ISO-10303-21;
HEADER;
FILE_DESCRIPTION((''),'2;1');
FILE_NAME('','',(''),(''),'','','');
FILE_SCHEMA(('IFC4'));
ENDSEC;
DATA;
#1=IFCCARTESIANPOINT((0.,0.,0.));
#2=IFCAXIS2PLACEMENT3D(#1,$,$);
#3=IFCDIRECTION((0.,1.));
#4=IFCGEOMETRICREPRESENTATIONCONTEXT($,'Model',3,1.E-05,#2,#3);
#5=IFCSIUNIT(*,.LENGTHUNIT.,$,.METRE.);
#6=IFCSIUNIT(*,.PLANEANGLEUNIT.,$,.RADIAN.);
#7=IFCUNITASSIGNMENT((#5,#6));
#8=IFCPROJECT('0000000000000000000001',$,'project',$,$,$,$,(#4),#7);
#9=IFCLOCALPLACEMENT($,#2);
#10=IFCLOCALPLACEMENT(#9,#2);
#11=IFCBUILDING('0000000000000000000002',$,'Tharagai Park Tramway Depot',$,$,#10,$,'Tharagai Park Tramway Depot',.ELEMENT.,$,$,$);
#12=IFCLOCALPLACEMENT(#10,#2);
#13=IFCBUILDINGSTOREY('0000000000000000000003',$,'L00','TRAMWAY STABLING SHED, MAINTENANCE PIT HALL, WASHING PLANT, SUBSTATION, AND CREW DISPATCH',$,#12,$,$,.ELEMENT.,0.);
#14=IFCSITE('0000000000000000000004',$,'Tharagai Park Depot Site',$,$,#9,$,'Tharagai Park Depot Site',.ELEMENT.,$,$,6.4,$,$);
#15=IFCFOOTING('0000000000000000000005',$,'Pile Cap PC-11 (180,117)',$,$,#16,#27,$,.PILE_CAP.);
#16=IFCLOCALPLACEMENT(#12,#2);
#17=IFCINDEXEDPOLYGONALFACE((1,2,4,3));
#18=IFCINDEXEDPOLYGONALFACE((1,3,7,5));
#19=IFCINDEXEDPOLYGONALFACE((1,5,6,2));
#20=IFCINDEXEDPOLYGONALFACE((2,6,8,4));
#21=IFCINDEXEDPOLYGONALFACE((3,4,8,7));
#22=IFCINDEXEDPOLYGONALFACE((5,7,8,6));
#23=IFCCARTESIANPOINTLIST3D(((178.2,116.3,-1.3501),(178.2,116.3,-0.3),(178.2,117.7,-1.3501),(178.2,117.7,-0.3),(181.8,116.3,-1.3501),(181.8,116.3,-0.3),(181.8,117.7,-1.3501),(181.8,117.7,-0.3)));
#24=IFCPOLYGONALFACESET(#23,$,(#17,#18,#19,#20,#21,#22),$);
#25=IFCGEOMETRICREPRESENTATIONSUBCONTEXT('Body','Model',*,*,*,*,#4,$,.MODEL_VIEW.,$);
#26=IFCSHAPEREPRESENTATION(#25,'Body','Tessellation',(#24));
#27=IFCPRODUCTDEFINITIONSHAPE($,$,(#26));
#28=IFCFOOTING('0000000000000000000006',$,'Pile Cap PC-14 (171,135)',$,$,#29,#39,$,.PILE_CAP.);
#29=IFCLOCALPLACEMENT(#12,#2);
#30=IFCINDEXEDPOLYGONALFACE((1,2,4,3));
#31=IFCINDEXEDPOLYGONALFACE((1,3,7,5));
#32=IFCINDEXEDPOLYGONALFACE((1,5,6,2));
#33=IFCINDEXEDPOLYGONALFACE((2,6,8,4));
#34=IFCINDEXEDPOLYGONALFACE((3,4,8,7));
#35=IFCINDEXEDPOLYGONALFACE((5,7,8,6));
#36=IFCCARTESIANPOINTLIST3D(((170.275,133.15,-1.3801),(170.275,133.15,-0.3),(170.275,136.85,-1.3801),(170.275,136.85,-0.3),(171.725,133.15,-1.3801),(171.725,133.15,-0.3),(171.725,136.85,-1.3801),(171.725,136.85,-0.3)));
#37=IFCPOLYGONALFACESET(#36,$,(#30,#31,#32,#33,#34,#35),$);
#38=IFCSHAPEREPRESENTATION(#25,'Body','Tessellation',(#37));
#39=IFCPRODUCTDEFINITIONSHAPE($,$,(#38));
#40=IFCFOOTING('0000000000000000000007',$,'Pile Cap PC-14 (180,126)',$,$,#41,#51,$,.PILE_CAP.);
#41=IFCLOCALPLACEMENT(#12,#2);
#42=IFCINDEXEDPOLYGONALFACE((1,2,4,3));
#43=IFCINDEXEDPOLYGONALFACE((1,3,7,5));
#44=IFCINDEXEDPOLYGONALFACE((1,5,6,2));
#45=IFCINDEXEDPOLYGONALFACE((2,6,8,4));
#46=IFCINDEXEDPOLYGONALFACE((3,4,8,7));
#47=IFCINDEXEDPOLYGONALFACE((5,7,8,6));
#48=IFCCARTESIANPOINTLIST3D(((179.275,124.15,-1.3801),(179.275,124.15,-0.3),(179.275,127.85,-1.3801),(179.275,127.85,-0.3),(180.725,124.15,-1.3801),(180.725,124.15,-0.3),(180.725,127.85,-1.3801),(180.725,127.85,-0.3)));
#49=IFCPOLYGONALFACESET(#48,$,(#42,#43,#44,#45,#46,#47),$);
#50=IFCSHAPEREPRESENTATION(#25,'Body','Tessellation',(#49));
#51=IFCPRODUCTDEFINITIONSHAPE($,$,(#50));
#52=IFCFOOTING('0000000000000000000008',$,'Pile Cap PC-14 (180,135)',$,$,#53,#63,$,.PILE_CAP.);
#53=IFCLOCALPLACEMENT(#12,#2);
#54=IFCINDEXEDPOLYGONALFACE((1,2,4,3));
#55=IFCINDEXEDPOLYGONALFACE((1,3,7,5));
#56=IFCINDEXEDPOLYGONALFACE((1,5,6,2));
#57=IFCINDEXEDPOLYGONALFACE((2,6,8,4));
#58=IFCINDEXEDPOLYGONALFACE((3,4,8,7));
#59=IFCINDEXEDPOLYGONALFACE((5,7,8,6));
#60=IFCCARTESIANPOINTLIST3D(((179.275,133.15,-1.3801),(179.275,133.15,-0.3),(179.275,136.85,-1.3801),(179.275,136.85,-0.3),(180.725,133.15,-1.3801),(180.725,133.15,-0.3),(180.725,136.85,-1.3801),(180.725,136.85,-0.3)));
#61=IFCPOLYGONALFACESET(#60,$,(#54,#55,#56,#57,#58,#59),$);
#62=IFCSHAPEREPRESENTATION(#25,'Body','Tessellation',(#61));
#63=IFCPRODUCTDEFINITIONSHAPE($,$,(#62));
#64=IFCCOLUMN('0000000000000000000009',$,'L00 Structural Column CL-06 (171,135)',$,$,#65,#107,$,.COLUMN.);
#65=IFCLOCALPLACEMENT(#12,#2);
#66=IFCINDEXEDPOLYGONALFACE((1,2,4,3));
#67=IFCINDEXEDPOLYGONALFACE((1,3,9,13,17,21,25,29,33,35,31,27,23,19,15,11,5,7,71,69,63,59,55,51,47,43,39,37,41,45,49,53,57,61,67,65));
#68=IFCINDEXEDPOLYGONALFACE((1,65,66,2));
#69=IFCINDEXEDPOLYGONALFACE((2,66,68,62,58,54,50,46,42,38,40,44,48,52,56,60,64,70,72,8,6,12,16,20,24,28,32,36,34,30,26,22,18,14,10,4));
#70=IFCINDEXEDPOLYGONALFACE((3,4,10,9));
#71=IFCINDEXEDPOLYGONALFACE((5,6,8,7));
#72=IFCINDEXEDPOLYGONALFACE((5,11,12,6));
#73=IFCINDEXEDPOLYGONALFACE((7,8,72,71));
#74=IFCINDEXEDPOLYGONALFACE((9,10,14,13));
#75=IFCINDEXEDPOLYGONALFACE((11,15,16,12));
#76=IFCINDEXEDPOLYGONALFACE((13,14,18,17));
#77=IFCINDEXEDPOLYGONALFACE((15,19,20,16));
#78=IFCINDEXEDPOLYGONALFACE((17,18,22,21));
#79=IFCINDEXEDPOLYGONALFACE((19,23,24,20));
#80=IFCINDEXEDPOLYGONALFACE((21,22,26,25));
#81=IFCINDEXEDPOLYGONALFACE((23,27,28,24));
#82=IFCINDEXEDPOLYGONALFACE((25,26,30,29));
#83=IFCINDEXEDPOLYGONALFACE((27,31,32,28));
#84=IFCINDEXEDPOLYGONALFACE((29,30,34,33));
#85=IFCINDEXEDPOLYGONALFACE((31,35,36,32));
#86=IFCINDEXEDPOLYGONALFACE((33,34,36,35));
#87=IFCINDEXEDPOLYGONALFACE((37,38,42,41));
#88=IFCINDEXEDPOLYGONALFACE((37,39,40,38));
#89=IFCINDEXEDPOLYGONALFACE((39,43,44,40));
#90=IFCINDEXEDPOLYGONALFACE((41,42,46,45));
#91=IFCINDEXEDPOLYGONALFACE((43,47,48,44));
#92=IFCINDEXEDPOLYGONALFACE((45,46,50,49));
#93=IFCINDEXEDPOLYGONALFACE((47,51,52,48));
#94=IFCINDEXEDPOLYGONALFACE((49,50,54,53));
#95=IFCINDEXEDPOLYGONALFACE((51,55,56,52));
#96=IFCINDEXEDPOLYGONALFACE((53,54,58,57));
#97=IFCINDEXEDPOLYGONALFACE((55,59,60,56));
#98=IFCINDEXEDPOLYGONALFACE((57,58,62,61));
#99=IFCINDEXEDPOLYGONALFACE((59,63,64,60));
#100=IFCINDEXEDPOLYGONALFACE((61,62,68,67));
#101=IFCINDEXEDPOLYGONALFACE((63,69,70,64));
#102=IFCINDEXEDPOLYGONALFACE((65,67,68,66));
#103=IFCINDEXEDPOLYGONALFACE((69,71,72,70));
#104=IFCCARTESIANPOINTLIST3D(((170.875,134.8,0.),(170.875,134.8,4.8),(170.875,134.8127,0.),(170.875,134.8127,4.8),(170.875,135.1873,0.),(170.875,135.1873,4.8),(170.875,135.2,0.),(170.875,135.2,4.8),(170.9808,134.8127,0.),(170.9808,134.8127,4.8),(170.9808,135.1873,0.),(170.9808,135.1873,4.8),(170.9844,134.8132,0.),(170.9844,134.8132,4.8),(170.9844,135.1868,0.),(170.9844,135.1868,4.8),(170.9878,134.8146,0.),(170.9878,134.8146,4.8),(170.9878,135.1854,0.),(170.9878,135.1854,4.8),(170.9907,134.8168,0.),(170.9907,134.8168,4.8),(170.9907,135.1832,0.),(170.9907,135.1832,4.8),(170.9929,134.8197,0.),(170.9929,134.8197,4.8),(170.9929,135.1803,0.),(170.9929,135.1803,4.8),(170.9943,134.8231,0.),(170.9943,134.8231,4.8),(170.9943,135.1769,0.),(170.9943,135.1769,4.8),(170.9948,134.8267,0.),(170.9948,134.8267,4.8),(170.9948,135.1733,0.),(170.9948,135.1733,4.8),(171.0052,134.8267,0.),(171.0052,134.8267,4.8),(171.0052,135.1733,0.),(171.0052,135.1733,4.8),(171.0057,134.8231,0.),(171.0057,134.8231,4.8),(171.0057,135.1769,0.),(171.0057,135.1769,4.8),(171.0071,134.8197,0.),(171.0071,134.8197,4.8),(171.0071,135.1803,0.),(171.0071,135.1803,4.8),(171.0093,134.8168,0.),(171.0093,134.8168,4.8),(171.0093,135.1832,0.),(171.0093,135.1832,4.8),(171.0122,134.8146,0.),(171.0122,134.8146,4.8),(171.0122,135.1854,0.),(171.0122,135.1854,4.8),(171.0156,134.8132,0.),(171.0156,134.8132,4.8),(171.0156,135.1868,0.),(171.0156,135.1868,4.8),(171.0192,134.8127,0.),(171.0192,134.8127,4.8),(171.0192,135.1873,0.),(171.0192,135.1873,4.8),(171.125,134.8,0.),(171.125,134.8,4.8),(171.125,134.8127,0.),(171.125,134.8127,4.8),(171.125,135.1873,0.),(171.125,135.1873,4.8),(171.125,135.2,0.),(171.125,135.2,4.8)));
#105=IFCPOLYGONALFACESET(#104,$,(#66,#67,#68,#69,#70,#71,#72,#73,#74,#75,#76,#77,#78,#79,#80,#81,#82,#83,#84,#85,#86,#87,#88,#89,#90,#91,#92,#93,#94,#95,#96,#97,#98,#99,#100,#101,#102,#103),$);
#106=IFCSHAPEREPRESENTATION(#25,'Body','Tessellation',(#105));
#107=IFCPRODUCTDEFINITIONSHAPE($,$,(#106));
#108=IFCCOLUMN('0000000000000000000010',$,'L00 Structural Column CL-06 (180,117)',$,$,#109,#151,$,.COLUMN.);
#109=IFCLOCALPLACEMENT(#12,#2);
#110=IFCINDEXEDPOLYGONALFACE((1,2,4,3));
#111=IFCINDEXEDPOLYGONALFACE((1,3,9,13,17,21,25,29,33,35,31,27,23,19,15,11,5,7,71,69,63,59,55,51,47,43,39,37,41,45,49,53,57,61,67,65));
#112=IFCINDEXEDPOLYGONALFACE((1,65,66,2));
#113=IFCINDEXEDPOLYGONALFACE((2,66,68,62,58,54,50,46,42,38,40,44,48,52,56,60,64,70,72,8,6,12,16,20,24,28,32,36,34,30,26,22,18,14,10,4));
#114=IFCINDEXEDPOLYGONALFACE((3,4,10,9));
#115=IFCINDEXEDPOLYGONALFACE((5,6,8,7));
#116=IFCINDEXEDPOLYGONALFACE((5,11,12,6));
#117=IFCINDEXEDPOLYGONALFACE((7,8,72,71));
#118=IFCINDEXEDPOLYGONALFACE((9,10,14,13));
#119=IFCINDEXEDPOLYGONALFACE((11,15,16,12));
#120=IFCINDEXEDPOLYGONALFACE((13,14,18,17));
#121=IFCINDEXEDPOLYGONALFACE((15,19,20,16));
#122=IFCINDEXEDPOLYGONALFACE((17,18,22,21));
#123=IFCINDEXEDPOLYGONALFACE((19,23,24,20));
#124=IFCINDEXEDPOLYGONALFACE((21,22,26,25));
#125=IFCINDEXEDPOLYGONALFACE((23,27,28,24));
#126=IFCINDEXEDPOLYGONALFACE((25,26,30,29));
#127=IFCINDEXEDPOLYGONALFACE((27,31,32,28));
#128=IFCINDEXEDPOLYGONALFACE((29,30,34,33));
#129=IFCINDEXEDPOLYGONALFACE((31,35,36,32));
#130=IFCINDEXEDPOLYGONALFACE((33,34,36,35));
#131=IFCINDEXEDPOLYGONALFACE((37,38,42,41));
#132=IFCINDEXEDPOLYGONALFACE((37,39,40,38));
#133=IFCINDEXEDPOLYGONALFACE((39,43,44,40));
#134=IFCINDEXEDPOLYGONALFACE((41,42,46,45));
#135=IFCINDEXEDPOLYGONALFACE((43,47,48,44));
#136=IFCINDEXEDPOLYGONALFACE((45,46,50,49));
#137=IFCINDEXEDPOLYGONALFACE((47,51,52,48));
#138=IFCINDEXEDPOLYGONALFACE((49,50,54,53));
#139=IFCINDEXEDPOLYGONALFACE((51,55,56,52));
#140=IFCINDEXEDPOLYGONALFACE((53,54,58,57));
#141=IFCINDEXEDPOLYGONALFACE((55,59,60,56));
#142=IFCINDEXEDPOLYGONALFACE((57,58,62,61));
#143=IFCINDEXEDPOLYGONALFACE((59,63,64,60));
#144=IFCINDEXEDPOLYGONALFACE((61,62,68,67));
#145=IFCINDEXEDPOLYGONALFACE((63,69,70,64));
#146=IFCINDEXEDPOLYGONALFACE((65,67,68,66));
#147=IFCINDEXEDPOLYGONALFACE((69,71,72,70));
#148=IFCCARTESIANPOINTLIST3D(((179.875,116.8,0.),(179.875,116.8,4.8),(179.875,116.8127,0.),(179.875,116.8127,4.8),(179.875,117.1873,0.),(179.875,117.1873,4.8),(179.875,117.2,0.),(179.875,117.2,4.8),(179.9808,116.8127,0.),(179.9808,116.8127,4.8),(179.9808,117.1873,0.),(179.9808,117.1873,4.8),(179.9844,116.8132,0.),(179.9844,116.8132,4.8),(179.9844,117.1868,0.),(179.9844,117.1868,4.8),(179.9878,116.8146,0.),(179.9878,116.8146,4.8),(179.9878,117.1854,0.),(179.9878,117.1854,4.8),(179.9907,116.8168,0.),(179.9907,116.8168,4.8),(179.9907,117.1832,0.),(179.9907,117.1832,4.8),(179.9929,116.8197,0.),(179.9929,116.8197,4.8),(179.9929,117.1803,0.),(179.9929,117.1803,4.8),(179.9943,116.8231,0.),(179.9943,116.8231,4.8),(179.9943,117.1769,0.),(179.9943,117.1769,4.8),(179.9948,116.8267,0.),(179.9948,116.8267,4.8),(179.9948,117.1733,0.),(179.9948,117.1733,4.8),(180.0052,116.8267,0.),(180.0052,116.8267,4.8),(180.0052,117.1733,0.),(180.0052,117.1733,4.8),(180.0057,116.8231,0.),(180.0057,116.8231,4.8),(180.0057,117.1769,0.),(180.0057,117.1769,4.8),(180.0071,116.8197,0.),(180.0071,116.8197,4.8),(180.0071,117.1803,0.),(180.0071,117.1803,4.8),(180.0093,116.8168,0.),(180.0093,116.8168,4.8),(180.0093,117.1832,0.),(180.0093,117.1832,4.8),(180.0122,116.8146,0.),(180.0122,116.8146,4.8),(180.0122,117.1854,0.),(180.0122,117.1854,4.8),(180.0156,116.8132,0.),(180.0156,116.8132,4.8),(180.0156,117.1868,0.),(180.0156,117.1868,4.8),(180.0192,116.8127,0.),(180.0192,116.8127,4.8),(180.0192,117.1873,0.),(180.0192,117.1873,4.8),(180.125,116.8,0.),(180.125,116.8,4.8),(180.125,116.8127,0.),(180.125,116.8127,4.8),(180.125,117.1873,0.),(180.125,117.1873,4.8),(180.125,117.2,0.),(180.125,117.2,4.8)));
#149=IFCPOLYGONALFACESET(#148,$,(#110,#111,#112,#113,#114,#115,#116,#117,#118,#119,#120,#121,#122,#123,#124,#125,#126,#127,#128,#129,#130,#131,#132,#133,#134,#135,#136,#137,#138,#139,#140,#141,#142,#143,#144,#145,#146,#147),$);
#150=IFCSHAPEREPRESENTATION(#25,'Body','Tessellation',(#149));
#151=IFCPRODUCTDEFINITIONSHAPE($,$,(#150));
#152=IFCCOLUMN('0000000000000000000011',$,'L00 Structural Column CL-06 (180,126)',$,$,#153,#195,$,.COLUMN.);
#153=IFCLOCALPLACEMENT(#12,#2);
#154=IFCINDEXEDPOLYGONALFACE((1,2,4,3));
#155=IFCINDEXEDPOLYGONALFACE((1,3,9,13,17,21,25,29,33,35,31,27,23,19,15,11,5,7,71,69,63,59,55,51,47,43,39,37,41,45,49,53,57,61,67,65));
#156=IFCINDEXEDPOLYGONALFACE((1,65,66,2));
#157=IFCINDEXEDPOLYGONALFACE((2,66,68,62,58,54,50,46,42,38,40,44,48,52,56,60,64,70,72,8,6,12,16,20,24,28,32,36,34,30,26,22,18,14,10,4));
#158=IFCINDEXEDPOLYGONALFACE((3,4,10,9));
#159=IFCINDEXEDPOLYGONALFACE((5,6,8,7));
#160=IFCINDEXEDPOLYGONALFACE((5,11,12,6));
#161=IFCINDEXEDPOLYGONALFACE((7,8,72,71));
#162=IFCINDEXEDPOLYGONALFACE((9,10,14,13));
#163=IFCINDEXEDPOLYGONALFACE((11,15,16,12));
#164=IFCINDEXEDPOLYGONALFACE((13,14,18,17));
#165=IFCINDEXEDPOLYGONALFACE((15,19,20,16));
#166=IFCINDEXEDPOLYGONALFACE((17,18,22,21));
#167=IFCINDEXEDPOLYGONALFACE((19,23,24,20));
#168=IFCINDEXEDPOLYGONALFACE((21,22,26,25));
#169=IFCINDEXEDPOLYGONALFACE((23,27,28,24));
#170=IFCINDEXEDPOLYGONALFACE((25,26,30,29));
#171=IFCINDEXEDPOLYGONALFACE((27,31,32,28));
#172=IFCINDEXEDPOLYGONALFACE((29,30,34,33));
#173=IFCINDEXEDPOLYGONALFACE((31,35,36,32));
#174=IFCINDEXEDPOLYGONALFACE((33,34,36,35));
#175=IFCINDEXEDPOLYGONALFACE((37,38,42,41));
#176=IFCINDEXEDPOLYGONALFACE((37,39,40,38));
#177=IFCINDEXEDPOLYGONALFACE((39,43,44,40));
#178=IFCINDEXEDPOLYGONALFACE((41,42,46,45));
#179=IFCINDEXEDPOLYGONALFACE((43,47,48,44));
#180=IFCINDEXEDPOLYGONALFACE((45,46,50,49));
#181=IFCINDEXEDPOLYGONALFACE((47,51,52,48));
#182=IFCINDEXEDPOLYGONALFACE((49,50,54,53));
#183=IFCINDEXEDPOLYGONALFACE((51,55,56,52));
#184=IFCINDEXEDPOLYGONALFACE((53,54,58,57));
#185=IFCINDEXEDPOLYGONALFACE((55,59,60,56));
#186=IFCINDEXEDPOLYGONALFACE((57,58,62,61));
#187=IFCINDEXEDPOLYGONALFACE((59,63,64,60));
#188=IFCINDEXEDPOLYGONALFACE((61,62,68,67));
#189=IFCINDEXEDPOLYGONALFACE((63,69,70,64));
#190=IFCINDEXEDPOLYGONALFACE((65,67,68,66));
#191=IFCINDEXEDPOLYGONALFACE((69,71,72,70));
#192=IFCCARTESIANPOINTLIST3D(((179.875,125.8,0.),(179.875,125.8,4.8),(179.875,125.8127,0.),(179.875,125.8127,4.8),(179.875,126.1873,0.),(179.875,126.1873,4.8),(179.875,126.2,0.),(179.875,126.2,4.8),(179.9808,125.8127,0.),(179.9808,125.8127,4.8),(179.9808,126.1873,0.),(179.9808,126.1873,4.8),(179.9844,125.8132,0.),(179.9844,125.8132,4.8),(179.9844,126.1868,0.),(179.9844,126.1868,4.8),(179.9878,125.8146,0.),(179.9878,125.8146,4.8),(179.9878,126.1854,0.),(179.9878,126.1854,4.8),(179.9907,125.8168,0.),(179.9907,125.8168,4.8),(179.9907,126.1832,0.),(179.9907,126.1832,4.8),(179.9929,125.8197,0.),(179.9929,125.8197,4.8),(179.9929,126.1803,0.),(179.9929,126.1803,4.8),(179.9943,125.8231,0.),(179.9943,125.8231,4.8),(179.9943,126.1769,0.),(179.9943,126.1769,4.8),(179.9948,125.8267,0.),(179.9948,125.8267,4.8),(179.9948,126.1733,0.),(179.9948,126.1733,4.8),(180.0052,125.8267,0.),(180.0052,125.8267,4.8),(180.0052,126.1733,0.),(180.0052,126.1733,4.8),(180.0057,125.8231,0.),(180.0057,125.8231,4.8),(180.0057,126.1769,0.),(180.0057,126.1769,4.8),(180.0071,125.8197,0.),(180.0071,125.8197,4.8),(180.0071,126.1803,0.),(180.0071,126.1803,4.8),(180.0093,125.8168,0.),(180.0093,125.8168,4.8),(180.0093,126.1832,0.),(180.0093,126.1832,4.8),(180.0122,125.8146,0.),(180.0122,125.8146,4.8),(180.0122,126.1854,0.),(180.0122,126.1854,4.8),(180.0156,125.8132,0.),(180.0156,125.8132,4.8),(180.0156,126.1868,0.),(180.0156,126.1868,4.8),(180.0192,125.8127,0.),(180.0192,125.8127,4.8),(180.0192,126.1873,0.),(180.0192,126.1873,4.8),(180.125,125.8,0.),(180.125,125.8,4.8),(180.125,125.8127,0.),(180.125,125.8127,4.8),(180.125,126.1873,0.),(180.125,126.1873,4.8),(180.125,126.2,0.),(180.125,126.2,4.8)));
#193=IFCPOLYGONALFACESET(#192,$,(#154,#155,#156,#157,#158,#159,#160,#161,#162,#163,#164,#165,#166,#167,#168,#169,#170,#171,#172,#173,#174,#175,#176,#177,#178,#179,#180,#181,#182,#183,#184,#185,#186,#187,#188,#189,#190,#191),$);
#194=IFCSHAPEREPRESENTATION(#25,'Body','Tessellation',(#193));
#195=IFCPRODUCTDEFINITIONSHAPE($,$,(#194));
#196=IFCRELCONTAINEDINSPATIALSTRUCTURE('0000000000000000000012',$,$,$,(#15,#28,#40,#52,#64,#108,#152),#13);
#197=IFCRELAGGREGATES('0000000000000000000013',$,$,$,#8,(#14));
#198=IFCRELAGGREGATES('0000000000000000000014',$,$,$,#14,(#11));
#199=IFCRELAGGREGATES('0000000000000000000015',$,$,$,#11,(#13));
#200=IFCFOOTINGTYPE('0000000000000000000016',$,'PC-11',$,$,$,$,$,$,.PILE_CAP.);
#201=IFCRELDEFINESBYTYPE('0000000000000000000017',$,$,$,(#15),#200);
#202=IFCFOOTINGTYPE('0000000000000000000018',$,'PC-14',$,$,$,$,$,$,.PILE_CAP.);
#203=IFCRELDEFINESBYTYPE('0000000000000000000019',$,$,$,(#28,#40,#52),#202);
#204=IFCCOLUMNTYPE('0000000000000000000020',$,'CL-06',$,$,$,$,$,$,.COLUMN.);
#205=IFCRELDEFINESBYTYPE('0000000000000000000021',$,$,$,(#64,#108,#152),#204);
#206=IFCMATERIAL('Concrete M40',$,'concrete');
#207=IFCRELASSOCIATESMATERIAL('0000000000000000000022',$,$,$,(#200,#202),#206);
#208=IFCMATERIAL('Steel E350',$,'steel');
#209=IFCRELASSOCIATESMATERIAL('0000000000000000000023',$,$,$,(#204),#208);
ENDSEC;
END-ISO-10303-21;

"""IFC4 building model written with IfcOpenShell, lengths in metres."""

from ifc_helpers import new_model, si_unit, direction, frame, origin, origin_2d, place, context, subcontext, project, spatial, rectangle, i_section, extrude, material, material_profile, profile_set, type_object, element, save


model = new_model("IFC4")

# Units and contexts
model_context = context("Model", 3, precision=1e-05, world=origin(), true_north=direction((0.0, 1.0)))
body_context = subcontext(model_context, "Body", "Model", "MODEL_VIEW")
ifc_project = project(units=[si_unit("LENGTHUNIT", "METRE"), si_unit("PLANEANGLEUNIT", "RADIAN")], contexts=[model_context])

# Site, building, storey
site_placement = place(None, origin())
site = spatial("IfcSite", under=ifc_project, at=site_placement, Name="Tharagai Park Depot Site", LongName="Tharagai Park Depot Site", CompositionType="ELEMENT", RefElevation=6.4)
building_placement = place(site_placement, origin())
building = spatial("IfcBuilding", under=site, at=building_placement, Name="Tharagai Park Tramway Depot", LongName="Tharagai Park Tramway Depot", CompositionType="ELEMENT")
storey_placement = place(building_placement, origin())
storey = spatial("IfcBuildingStorey", under=building, at=storey_placement, Name="L00", Description="TRAMWAY STABLING SHED, MAINTENANCE PIT HALL, WASHING PLANT, SUBSTATION, AND CREW DISPATCH", CompositionType="ELEMENT", Elevation=0.0)

# Shared definitions
ifc_material_1 = material(Name="Concrete M40", Category="concrete")

# Footings
footing_type_1 = type_object("IfcFootingType", Name="PC-11", PredefinedType="PILE_CAP", material=ifc_material_1)
footing_placement = place(storey_placement, frame((180.0, 117.0, -1.3501), z_axis=(0.0, 0.0, 1.0), x_axis=(1.0, 0.0, 0.0)))
element("IfcFooting", 1, at=footing_placement, inside=storey, type_object=footing_type_1, Name="Pile Cap PC-11 (180,117)", PredefinedType="PILE_CAP", context=body_context, shape_type="SweptSolid", body=[
    extrude(rectangle(XDim=3.6001, YDim=1.3999, at=origin_2d()), origin(), (0.0, 0.0, 1.0), 1.05),
])
footing_type_2 = type_object("IfcFootingType", Name="PC-14", PredefinedType="PILE_CAP", material=ifc_material_1)
for number, where, z_axis, x_axis, name in (
    (2, (171.0, 135.0, -1.3801), (0.0, 0.0, 1.0), (1.0, 0.0, 0.0), "Pile Cap PC-14 (171,135)"),
    (3, (180.0, 126.0, -1.3801), (0.0, 0.0, 1.0), (1.0, 0.0, 0.0), "Pile Cap PC-14 (180,126)"),
    (4, (180.0, 135.0, -1.3801), (0.0, 0.0, 1.0), (1.0, 0.0, 0.0), "Pile Cap PC-14 (180,135)"),
):
    element("IfcFooting", number, at=place(storey_placement, frame(where, z_axis=z_axis, x_axis=x_axis)), inside=storey, type_object=footing_type_2, Name=name, PredefinedType="PILE_CAP", context=body_context, shape_type="SweptSolid", body=[
        extrude(rectangle(XDim=1.45, YDim=3.7, at=origin_2d()), origin(), (0.0, 0.0, 1.0), 1.0801),
    ])

# Columns
ifc_material_2 = material(Name="Steel E350", Category="steel")
ifc_material_profile_1 = material_profile(ifc_material_2, i_section(OverallWidth=0.25, OverallDepth=0.3999, WebThickness=0.0105, FlangeThickness=0.0127, FilletRadius=0.0139, at=origin_2d()), Name="ISHB 400")
ifc_profile_set_1 = profile_set([ifc_material_profile_1], Name="Steel E350")
column_type = type_object("IfcColumnType", Name="CL-06", PredefinedType="COLUMN", material=ifc_profile_set_1)
for number, where, z_axis, x_axis, name in (
    (5, (171.0, 135.0, 0.0), (0.0, 0.0, 1.0), (1.0, 0.0, 0.0), "L00 Structural Column CL-06 (171,135)"),
    (6, (180.0, 117.0, 0.0), (0.0, 0.0, 1.0), (1.0, 0.0, 0.0), "L00 Structural Column CL-06 (180,117)"),
    (7, (180.0, 126.0, 0.0), (0.0, 0.0, 1.0), (1.0, 0.0, 0.0), "L00 Structural Column CL-06 (180,126)"),
):
    element("IfcColumn", number, at=place(storey_placement, frame(where, z_axis=z_axis, x_axis=x_axis)), inside=storey, type_object=column_type, Name=name, PredefinedType="COLUMN", context=body_context, shape_type="SweptSolid", body=[
        extrude(i_section(OverallWidth=0.25, OverallDepth=0.3999, WebThickness=0.0105, FlangeThickness=0.0127, FilletRadius=0.0139, at=origin_2d()), origin(), (0.0, 0.0, 1.0), 4.8),
    ])

save(model, "model.ifc")
